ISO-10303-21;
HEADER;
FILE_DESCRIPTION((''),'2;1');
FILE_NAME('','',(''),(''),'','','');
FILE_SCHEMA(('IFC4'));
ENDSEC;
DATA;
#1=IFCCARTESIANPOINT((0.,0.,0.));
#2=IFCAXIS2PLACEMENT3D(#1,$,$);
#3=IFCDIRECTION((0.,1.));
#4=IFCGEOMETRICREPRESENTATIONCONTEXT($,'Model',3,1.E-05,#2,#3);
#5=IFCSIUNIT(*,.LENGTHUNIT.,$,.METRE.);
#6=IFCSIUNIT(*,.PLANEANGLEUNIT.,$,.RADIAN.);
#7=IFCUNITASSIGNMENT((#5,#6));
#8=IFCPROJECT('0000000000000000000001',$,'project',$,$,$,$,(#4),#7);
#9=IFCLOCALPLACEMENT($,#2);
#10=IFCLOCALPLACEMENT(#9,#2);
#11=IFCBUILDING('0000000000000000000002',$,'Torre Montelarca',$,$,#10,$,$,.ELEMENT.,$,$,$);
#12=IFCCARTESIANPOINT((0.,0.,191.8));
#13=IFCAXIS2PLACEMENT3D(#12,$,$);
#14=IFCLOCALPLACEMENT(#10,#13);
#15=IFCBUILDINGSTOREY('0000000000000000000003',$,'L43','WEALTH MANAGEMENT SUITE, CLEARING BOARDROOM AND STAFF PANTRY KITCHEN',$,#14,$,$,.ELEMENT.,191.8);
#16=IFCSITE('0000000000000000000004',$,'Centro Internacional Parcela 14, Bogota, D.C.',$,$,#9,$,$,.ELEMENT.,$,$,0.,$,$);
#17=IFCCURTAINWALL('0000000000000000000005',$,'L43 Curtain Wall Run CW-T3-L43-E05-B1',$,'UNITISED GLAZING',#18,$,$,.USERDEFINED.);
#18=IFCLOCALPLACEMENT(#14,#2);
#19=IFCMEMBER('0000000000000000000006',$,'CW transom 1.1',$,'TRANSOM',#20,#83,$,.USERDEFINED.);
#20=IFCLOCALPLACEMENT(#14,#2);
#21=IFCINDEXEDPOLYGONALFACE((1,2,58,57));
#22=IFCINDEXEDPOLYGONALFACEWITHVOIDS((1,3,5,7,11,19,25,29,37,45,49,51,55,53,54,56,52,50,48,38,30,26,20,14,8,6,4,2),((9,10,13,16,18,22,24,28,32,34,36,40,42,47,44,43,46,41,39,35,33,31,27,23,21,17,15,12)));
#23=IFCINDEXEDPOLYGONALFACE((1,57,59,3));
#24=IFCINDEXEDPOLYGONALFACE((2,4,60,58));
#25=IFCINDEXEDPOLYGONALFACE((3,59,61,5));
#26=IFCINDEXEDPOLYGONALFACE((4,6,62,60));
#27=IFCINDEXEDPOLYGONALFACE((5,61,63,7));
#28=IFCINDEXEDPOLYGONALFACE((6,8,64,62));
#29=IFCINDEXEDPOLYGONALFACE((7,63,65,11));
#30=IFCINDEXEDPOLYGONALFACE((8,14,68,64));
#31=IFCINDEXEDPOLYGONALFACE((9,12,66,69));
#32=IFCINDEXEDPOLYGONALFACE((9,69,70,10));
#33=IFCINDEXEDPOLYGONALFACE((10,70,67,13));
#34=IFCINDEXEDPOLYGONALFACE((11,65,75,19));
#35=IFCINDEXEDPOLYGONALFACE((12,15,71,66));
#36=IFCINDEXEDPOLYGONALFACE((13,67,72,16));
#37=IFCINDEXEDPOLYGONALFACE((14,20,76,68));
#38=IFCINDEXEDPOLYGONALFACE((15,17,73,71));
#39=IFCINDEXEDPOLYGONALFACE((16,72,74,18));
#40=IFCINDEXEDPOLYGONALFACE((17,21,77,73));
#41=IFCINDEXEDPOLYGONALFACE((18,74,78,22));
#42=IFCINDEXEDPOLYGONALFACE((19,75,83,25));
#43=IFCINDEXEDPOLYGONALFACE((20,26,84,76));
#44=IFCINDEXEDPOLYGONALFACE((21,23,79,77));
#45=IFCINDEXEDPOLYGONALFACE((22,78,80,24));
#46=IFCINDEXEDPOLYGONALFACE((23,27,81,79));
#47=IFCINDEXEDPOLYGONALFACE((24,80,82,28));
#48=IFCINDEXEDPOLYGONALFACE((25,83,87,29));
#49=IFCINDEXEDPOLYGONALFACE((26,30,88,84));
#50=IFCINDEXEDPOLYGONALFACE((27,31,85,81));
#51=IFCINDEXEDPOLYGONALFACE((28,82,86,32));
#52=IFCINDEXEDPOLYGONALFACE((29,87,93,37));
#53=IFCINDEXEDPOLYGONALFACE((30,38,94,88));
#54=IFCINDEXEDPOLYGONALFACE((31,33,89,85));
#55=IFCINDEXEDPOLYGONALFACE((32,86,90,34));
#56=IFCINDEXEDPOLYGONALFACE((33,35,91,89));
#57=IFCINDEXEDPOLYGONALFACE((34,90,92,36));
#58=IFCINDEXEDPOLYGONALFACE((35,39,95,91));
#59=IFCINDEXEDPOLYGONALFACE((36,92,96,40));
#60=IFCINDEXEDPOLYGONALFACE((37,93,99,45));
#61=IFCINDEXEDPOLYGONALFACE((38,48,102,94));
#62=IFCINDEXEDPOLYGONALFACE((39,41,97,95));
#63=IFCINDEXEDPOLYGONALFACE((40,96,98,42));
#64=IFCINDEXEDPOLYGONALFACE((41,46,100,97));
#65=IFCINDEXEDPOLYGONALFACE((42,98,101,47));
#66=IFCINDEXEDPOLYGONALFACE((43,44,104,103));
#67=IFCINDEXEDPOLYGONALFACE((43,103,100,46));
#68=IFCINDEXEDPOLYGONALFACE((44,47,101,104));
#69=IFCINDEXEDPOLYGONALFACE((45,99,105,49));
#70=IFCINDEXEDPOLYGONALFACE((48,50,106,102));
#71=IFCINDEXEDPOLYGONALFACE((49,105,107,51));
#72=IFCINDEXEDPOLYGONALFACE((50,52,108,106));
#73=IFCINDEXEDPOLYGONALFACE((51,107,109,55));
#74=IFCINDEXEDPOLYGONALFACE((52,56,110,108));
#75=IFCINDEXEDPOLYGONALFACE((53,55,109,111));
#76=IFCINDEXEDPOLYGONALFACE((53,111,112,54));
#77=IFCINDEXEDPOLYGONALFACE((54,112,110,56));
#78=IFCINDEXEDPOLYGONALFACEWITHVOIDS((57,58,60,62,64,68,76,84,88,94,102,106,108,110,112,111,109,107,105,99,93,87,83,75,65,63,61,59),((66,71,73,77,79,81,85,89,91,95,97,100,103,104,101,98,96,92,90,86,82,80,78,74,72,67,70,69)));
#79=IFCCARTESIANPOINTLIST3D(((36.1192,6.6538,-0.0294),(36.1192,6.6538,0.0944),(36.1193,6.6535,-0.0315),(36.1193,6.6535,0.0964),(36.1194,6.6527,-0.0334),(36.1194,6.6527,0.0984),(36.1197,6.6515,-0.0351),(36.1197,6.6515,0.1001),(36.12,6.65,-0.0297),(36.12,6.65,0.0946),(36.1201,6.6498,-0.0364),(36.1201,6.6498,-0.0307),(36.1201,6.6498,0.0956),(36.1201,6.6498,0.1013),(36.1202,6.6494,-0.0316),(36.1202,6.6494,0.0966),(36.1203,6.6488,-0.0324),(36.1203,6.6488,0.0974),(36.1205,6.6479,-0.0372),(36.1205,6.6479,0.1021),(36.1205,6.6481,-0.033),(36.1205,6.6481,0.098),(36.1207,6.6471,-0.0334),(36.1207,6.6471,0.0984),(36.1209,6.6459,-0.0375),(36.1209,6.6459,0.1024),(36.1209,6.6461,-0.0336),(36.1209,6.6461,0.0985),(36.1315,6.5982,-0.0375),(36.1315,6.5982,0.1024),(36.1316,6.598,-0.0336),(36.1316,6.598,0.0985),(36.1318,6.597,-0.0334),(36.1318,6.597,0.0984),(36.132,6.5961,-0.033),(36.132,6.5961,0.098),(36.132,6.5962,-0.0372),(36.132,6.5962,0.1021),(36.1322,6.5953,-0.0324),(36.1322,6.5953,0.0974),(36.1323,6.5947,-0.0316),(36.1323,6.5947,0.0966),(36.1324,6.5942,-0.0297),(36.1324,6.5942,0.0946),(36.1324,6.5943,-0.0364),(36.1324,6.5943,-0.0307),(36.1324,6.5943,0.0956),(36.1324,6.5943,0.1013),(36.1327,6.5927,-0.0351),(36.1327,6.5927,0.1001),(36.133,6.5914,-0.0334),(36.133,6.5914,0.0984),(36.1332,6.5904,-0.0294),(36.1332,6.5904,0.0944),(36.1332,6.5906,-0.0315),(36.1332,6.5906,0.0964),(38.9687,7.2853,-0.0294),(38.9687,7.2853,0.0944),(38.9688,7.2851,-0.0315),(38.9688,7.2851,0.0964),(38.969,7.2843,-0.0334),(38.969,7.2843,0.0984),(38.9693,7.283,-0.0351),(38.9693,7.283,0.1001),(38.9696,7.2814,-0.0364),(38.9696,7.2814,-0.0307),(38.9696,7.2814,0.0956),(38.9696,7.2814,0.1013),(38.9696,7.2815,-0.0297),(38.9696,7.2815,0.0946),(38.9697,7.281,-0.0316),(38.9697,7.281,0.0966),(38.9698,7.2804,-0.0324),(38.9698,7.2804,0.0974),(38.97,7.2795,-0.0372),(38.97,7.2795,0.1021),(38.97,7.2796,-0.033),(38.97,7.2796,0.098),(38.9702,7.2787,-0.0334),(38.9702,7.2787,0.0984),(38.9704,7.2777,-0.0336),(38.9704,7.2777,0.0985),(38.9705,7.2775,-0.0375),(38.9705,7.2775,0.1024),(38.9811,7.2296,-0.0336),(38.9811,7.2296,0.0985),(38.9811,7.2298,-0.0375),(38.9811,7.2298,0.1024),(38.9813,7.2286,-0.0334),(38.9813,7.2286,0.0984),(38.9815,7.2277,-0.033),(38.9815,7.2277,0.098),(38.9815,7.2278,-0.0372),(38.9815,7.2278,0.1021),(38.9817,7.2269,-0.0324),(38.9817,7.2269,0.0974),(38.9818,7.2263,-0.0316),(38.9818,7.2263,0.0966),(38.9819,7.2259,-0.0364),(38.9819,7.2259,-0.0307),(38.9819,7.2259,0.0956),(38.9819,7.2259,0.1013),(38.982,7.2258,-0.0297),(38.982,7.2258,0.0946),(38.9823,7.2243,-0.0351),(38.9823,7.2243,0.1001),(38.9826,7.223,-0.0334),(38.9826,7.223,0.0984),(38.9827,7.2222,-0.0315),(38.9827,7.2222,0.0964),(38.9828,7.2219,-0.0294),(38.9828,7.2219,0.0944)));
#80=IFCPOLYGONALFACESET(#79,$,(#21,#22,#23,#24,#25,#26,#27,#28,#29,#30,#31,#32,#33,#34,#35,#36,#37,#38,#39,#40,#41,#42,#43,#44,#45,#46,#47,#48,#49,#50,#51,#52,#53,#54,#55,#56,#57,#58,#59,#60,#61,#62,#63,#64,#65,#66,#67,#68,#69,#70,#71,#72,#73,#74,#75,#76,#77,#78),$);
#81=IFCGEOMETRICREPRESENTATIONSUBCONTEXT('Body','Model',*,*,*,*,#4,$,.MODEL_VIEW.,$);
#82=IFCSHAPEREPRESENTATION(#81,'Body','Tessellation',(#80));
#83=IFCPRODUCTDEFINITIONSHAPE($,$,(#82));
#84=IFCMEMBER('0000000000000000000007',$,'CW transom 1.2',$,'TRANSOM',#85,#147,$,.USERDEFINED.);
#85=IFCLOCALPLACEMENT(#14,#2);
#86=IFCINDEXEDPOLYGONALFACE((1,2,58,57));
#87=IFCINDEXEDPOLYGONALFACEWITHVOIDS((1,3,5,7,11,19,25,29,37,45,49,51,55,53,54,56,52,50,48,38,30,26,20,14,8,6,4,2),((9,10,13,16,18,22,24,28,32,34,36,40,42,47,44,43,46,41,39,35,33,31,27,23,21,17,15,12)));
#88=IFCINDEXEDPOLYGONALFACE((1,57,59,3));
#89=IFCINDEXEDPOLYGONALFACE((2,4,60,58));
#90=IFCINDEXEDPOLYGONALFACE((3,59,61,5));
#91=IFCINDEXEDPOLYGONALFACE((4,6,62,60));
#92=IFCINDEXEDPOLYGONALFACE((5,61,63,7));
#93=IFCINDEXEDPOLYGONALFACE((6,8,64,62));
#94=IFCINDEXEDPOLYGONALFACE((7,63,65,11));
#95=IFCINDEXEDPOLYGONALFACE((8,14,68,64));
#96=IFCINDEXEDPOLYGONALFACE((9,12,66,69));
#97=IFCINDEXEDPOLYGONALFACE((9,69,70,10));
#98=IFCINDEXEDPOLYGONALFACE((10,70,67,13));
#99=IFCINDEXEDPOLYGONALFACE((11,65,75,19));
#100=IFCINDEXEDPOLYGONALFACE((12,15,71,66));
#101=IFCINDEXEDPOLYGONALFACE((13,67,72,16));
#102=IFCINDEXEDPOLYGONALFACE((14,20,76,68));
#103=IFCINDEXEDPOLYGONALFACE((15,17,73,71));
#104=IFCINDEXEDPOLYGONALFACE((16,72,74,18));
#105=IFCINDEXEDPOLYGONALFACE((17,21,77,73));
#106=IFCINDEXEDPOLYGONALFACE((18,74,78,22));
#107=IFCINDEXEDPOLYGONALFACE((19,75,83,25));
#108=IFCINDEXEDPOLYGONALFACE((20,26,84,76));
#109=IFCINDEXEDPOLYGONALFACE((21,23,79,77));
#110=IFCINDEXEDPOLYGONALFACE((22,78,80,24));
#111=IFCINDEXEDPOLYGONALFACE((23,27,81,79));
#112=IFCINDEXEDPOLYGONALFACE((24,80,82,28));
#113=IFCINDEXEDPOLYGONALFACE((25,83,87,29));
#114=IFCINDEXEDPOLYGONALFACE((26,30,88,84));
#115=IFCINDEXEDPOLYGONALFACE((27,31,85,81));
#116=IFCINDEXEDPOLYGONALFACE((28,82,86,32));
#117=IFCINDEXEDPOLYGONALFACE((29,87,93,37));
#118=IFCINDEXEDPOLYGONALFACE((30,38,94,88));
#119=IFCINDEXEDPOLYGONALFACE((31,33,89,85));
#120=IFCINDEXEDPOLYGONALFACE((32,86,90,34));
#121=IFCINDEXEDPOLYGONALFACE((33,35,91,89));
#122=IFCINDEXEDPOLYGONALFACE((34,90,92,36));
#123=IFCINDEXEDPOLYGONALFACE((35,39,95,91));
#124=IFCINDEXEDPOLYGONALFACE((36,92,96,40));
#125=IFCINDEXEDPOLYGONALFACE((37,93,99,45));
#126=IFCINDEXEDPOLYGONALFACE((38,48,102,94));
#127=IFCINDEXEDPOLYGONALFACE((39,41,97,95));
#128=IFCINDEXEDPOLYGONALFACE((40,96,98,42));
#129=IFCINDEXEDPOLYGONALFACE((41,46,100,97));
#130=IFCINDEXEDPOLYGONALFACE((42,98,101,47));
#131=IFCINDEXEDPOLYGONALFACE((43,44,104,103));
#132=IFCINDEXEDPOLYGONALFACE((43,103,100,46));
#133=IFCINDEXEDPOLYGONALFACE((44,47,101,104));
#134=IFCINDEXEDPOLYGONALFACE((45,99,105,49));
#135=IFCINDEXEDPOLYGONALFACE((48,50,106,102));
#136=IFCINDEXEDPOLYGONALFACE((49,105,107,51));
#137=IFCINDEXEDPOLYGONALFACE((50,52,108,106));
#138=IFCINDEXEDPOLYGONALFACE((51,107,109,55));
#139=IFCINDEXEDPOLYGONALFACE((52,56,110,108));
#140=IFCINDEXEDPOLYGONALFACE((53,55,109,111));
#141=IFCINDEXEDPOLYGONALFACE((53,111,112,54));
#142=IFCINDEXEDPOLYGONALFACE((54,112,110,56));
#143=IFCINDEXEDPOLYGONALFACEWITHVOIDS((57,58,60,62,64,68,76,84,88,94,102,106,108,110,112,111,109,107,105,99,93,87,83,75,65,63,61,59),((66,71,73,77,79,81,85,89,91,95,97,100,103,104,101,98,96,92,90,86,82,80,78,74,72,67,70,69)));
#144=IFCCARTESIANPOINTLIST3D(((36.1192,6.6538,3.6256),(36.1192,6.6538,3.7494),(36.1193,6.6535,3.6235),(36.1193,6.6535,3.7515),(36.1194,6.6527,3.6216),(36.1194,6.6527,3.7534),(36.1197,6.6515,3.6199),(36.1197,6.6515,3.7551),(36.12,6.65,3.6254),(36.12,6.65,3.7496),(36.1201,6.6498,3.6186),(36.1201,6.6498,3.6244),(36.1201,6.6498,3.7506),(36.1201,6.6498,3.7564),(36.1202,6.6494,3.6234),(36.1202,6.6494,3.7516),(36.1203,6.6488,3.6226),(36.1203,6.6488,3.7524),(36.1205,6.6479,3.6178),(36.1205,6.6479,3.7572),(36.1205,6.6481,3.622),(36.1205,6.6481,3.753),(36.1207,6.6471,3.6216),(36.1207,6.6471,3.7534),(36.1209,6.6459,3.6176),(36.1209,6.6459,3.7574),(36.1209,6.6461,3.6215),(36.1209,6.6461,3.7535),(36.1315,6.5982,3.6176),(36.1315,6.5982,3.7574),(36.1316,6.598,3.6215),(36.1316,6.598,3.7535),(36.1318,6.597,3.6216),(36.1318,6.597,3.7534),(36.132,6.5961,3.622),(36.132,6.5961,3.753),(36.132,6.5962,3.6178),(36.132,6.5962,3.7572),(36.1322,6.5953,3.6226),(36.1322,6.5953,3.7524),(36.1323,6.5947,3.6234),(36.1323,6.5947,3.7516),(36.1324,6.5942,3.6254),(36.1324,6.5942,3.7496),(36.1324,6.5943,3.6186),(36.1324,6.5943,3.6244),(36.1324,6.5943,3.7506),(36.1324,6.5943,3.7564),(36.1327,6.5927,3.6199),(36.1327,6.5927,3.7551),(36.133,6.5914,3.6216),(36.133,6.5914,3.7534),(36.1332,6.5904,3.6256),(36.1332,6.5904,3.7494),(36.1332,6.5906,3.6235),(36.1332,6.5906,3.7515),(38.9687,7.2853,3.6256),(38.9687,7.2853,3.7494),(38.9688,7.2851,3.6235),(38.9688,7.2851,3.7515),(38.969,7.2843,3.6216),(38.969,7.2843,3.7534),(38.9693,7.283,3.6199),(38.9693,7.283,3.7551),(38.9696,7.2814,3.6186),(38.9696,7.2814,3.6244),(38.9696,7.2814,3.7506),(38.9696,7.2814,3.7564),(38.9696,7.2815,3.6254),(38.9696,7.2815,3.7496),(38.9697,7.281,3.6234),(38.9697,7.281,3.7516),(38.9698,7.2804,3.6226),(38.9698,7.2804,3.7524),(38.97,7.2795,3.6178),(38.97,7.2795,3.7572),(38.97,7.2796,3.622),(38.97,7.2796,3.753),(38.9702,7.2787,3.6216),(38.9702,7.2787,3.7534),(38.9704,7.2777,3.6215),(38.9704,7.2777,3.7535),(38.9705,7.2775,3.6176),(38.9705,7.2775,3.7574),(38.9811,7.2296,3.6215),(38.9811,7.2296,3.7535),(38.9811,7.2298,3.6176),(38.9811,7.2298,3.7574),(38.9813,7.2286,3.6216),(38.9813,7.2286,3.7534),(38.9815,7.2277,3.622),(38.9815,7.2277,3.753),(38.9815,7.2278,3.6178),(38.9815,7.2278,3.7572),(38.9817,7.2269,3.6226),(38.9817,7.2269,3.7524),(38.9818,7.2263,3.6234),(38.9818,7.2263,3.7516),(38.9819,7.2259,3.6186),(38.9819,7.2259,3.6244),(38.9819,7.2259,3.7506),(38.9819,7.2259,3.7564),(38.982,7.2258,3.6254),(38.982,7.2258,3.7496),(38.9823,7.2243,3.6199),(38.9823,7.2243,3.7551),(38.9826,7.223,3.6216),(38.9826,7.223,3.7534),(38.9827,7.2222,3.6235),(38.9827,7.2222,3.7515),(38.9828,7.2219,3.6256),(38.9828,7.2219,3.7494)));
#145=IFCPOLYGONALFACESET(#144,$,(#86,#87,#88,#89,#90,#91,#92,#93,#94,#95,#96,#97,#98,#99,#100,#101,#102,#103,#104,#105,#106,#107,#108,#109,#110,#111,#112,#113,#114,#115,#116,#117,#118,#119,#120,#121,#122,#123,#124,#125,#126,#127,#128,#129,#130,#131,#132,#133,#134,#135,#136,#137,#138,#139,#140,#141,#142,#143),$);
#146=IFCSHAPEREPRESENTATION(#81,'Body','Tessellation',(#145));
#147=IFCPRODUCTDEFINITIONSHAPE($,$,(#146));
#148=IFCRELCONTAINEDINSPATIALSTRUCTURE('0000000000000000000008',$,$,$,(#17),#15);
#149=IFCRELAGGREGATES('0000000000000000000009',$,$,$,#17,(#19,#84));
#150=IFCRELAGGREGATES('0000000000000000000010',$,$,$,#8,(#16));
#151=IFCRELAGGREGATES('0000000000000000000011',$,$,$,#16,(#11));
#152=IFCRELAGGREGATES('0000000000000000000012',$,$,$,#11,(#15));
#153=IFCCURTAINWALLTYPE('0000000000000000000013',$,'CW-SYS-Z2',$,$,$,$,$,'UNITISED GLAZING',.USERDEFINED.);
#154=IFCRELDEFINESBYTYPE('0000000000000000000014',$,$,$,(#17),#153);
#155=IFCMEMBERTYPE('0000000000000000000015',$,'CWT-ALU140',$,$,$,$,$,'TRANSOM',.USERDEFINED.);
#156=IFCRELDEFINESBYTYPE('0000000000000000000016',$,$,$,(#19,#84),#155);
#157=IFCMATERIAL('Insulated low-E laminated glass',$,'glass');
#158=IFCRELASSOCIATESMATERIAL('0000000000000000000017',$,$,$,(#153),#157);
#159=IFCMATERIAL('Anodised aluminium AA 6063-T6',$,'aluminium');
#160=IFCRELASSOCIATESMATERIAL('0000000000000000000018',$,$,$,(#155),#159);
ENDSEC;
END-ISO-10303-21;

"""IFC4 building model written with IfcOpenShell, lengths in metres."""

from ifc_helpers import new_model, si_unit, direction, frame, origin, origin_2d, place, context, subcontext, project, spatial, hollow_rectangle, extrude, source, transform, mapped, material, material_profile, profile_set, type_object, element, aggregate, save


model = new_model("IFC4")

# Units and contexts
model_context = context("Model", 3, precision=1e-05, world=origin(), true_north=direction((0.0, 1.0)))
body_context = subcontext(model_context, "Body", "Model", "MODEL_VIEW")
ifc_project = project(units=[si_unit("LENGTHUNIT", "METRE"), si_unit("PLANEANGLEUNIT", "RADIAN")], contexts=[model_context])

# Site, building, storey
site_placement = place(None, origin())
site = spatial("IfcSite", under=ifc_project, at=site_placement, Name="Centro Internacional Parcela 14, Bogota, D.C.", CompositionType="ELEMENT", RefElevation=0.0)
building_placement = place(site_placement, origin())
building = spatial("IfcBuilding", under=site, at=building_placement, Name="Torre Montelarca", CompositionType="ELEMENT")
storey_placement = place(building_placement, frame((0.0, 0.0, 191.8)))
storey = spatial("IfcBuildingStorey", under=building, at=storey_placement, Name="L43", Description="WEALTH MANAGEMENT SUITE, CLEARING BOARDROOM AND STAFF PANTRY KITCHEN", CompositionType="ELEMENT", Elevation=191.8)

# Curtain wall, members
ifc_material_1 = material(Name="Insulated low-E laminated glass", Category="glass")
curtain_wall_type = type_object("IfcCurtainWallType", Name="CW-SYS-Z2", ElementType="UNITISED GLAZING", PredefinedType="USERDEFINED", material=ifc_material_1)
curtain_wall_1_placement = place(storey_placement, origin())
curtain_wall_1 = element("IfcCurtainWall", 1, at=curtain_wall_1_placement, inside=storey, type_object=curtain_wall_type, Name="L43 Curtain Wall Run CW-T3-L43-E05-B1", ObjectType="UNITISED GLAZING", PredefinedType="USERDEFINED")
ifc_material_2 = material(Name="Anodised aluminium AA 6063-T6", Category="aluminium")
ifc_material_profile_1 = material_profile(ifc_material_2, hollow_rectangle(XDim=0.0649, YDim=0.1399, WallThickness=0.0039, InnerFilletRadius=0.0039, OuterFilletRadius=0.0081, at=origin_2d()), Name="ALU65X140X4", Category="aluminium")
ifc_profile_set_1 = profile_set([ifc_material_profile_1], Name="Anodised aluminium AA 6063-T6")
member_type_1 = type_object("IfcMemberType", Name="CWT-ALU140", ElementType="TRANSOM", PredefinedType="USERDEFINED", material=ifc_profile_set_1)
shared_shape_1 = source(origin(), body_context, "Body", "SweptSolid", [
    extrude(hollow_rectangle(XDim=0.0649, YDim=0.1399, WallThickness=0.0039, InnerFilletRadius=0.0039, OuterFilletRadius=0.0081, at=origin_2d()), origin(), (0.0, 0.0, 1.0), 2.9187),
])
member_1_placement = place(storey_placement, frame((36.1262, 6.6221, 0.0325), z_axis=(0.976307, 0.21639, 0.0), x_axis=(-0.21639, 0.976307, 0.0)))
member_1 = element("IfcMember", 2, at=member_1_placement, type_object=member_type_1, Name="CW transom 1.1", ObjectType="TRANSOM", PredefinedType="USERDEFINED", context=body_context, shape_type="MappedRepresentation", body=[
    mapped(shared_shape_1, transform((0.0, 0.0, 0.0), scale=1.0)),
])
member_2_placement = place(storey_placement, frame((36.1262, 6.6221, 3.6875), z_axis=(0.976307, 0.21639, 0.0), x_axis=(-0.21639, 0.976307, 0.0)))
member_2 = element("IfcMember", 3, at=member_2_placement, type_object=member_type_1, Name="CW transom 1.2", ObjectType="TRANSOM", PredefinedType="USERDEFINED", context=body_context, shape_type="MappedRepresentation", body=[
    mapped(shared_shape_1, transform((0.0, 0.0, 0.0), scale=1.0)),
])

aggregate(curtain_wall_1, [member_1, member_2])

save(model, "model.ifc")
